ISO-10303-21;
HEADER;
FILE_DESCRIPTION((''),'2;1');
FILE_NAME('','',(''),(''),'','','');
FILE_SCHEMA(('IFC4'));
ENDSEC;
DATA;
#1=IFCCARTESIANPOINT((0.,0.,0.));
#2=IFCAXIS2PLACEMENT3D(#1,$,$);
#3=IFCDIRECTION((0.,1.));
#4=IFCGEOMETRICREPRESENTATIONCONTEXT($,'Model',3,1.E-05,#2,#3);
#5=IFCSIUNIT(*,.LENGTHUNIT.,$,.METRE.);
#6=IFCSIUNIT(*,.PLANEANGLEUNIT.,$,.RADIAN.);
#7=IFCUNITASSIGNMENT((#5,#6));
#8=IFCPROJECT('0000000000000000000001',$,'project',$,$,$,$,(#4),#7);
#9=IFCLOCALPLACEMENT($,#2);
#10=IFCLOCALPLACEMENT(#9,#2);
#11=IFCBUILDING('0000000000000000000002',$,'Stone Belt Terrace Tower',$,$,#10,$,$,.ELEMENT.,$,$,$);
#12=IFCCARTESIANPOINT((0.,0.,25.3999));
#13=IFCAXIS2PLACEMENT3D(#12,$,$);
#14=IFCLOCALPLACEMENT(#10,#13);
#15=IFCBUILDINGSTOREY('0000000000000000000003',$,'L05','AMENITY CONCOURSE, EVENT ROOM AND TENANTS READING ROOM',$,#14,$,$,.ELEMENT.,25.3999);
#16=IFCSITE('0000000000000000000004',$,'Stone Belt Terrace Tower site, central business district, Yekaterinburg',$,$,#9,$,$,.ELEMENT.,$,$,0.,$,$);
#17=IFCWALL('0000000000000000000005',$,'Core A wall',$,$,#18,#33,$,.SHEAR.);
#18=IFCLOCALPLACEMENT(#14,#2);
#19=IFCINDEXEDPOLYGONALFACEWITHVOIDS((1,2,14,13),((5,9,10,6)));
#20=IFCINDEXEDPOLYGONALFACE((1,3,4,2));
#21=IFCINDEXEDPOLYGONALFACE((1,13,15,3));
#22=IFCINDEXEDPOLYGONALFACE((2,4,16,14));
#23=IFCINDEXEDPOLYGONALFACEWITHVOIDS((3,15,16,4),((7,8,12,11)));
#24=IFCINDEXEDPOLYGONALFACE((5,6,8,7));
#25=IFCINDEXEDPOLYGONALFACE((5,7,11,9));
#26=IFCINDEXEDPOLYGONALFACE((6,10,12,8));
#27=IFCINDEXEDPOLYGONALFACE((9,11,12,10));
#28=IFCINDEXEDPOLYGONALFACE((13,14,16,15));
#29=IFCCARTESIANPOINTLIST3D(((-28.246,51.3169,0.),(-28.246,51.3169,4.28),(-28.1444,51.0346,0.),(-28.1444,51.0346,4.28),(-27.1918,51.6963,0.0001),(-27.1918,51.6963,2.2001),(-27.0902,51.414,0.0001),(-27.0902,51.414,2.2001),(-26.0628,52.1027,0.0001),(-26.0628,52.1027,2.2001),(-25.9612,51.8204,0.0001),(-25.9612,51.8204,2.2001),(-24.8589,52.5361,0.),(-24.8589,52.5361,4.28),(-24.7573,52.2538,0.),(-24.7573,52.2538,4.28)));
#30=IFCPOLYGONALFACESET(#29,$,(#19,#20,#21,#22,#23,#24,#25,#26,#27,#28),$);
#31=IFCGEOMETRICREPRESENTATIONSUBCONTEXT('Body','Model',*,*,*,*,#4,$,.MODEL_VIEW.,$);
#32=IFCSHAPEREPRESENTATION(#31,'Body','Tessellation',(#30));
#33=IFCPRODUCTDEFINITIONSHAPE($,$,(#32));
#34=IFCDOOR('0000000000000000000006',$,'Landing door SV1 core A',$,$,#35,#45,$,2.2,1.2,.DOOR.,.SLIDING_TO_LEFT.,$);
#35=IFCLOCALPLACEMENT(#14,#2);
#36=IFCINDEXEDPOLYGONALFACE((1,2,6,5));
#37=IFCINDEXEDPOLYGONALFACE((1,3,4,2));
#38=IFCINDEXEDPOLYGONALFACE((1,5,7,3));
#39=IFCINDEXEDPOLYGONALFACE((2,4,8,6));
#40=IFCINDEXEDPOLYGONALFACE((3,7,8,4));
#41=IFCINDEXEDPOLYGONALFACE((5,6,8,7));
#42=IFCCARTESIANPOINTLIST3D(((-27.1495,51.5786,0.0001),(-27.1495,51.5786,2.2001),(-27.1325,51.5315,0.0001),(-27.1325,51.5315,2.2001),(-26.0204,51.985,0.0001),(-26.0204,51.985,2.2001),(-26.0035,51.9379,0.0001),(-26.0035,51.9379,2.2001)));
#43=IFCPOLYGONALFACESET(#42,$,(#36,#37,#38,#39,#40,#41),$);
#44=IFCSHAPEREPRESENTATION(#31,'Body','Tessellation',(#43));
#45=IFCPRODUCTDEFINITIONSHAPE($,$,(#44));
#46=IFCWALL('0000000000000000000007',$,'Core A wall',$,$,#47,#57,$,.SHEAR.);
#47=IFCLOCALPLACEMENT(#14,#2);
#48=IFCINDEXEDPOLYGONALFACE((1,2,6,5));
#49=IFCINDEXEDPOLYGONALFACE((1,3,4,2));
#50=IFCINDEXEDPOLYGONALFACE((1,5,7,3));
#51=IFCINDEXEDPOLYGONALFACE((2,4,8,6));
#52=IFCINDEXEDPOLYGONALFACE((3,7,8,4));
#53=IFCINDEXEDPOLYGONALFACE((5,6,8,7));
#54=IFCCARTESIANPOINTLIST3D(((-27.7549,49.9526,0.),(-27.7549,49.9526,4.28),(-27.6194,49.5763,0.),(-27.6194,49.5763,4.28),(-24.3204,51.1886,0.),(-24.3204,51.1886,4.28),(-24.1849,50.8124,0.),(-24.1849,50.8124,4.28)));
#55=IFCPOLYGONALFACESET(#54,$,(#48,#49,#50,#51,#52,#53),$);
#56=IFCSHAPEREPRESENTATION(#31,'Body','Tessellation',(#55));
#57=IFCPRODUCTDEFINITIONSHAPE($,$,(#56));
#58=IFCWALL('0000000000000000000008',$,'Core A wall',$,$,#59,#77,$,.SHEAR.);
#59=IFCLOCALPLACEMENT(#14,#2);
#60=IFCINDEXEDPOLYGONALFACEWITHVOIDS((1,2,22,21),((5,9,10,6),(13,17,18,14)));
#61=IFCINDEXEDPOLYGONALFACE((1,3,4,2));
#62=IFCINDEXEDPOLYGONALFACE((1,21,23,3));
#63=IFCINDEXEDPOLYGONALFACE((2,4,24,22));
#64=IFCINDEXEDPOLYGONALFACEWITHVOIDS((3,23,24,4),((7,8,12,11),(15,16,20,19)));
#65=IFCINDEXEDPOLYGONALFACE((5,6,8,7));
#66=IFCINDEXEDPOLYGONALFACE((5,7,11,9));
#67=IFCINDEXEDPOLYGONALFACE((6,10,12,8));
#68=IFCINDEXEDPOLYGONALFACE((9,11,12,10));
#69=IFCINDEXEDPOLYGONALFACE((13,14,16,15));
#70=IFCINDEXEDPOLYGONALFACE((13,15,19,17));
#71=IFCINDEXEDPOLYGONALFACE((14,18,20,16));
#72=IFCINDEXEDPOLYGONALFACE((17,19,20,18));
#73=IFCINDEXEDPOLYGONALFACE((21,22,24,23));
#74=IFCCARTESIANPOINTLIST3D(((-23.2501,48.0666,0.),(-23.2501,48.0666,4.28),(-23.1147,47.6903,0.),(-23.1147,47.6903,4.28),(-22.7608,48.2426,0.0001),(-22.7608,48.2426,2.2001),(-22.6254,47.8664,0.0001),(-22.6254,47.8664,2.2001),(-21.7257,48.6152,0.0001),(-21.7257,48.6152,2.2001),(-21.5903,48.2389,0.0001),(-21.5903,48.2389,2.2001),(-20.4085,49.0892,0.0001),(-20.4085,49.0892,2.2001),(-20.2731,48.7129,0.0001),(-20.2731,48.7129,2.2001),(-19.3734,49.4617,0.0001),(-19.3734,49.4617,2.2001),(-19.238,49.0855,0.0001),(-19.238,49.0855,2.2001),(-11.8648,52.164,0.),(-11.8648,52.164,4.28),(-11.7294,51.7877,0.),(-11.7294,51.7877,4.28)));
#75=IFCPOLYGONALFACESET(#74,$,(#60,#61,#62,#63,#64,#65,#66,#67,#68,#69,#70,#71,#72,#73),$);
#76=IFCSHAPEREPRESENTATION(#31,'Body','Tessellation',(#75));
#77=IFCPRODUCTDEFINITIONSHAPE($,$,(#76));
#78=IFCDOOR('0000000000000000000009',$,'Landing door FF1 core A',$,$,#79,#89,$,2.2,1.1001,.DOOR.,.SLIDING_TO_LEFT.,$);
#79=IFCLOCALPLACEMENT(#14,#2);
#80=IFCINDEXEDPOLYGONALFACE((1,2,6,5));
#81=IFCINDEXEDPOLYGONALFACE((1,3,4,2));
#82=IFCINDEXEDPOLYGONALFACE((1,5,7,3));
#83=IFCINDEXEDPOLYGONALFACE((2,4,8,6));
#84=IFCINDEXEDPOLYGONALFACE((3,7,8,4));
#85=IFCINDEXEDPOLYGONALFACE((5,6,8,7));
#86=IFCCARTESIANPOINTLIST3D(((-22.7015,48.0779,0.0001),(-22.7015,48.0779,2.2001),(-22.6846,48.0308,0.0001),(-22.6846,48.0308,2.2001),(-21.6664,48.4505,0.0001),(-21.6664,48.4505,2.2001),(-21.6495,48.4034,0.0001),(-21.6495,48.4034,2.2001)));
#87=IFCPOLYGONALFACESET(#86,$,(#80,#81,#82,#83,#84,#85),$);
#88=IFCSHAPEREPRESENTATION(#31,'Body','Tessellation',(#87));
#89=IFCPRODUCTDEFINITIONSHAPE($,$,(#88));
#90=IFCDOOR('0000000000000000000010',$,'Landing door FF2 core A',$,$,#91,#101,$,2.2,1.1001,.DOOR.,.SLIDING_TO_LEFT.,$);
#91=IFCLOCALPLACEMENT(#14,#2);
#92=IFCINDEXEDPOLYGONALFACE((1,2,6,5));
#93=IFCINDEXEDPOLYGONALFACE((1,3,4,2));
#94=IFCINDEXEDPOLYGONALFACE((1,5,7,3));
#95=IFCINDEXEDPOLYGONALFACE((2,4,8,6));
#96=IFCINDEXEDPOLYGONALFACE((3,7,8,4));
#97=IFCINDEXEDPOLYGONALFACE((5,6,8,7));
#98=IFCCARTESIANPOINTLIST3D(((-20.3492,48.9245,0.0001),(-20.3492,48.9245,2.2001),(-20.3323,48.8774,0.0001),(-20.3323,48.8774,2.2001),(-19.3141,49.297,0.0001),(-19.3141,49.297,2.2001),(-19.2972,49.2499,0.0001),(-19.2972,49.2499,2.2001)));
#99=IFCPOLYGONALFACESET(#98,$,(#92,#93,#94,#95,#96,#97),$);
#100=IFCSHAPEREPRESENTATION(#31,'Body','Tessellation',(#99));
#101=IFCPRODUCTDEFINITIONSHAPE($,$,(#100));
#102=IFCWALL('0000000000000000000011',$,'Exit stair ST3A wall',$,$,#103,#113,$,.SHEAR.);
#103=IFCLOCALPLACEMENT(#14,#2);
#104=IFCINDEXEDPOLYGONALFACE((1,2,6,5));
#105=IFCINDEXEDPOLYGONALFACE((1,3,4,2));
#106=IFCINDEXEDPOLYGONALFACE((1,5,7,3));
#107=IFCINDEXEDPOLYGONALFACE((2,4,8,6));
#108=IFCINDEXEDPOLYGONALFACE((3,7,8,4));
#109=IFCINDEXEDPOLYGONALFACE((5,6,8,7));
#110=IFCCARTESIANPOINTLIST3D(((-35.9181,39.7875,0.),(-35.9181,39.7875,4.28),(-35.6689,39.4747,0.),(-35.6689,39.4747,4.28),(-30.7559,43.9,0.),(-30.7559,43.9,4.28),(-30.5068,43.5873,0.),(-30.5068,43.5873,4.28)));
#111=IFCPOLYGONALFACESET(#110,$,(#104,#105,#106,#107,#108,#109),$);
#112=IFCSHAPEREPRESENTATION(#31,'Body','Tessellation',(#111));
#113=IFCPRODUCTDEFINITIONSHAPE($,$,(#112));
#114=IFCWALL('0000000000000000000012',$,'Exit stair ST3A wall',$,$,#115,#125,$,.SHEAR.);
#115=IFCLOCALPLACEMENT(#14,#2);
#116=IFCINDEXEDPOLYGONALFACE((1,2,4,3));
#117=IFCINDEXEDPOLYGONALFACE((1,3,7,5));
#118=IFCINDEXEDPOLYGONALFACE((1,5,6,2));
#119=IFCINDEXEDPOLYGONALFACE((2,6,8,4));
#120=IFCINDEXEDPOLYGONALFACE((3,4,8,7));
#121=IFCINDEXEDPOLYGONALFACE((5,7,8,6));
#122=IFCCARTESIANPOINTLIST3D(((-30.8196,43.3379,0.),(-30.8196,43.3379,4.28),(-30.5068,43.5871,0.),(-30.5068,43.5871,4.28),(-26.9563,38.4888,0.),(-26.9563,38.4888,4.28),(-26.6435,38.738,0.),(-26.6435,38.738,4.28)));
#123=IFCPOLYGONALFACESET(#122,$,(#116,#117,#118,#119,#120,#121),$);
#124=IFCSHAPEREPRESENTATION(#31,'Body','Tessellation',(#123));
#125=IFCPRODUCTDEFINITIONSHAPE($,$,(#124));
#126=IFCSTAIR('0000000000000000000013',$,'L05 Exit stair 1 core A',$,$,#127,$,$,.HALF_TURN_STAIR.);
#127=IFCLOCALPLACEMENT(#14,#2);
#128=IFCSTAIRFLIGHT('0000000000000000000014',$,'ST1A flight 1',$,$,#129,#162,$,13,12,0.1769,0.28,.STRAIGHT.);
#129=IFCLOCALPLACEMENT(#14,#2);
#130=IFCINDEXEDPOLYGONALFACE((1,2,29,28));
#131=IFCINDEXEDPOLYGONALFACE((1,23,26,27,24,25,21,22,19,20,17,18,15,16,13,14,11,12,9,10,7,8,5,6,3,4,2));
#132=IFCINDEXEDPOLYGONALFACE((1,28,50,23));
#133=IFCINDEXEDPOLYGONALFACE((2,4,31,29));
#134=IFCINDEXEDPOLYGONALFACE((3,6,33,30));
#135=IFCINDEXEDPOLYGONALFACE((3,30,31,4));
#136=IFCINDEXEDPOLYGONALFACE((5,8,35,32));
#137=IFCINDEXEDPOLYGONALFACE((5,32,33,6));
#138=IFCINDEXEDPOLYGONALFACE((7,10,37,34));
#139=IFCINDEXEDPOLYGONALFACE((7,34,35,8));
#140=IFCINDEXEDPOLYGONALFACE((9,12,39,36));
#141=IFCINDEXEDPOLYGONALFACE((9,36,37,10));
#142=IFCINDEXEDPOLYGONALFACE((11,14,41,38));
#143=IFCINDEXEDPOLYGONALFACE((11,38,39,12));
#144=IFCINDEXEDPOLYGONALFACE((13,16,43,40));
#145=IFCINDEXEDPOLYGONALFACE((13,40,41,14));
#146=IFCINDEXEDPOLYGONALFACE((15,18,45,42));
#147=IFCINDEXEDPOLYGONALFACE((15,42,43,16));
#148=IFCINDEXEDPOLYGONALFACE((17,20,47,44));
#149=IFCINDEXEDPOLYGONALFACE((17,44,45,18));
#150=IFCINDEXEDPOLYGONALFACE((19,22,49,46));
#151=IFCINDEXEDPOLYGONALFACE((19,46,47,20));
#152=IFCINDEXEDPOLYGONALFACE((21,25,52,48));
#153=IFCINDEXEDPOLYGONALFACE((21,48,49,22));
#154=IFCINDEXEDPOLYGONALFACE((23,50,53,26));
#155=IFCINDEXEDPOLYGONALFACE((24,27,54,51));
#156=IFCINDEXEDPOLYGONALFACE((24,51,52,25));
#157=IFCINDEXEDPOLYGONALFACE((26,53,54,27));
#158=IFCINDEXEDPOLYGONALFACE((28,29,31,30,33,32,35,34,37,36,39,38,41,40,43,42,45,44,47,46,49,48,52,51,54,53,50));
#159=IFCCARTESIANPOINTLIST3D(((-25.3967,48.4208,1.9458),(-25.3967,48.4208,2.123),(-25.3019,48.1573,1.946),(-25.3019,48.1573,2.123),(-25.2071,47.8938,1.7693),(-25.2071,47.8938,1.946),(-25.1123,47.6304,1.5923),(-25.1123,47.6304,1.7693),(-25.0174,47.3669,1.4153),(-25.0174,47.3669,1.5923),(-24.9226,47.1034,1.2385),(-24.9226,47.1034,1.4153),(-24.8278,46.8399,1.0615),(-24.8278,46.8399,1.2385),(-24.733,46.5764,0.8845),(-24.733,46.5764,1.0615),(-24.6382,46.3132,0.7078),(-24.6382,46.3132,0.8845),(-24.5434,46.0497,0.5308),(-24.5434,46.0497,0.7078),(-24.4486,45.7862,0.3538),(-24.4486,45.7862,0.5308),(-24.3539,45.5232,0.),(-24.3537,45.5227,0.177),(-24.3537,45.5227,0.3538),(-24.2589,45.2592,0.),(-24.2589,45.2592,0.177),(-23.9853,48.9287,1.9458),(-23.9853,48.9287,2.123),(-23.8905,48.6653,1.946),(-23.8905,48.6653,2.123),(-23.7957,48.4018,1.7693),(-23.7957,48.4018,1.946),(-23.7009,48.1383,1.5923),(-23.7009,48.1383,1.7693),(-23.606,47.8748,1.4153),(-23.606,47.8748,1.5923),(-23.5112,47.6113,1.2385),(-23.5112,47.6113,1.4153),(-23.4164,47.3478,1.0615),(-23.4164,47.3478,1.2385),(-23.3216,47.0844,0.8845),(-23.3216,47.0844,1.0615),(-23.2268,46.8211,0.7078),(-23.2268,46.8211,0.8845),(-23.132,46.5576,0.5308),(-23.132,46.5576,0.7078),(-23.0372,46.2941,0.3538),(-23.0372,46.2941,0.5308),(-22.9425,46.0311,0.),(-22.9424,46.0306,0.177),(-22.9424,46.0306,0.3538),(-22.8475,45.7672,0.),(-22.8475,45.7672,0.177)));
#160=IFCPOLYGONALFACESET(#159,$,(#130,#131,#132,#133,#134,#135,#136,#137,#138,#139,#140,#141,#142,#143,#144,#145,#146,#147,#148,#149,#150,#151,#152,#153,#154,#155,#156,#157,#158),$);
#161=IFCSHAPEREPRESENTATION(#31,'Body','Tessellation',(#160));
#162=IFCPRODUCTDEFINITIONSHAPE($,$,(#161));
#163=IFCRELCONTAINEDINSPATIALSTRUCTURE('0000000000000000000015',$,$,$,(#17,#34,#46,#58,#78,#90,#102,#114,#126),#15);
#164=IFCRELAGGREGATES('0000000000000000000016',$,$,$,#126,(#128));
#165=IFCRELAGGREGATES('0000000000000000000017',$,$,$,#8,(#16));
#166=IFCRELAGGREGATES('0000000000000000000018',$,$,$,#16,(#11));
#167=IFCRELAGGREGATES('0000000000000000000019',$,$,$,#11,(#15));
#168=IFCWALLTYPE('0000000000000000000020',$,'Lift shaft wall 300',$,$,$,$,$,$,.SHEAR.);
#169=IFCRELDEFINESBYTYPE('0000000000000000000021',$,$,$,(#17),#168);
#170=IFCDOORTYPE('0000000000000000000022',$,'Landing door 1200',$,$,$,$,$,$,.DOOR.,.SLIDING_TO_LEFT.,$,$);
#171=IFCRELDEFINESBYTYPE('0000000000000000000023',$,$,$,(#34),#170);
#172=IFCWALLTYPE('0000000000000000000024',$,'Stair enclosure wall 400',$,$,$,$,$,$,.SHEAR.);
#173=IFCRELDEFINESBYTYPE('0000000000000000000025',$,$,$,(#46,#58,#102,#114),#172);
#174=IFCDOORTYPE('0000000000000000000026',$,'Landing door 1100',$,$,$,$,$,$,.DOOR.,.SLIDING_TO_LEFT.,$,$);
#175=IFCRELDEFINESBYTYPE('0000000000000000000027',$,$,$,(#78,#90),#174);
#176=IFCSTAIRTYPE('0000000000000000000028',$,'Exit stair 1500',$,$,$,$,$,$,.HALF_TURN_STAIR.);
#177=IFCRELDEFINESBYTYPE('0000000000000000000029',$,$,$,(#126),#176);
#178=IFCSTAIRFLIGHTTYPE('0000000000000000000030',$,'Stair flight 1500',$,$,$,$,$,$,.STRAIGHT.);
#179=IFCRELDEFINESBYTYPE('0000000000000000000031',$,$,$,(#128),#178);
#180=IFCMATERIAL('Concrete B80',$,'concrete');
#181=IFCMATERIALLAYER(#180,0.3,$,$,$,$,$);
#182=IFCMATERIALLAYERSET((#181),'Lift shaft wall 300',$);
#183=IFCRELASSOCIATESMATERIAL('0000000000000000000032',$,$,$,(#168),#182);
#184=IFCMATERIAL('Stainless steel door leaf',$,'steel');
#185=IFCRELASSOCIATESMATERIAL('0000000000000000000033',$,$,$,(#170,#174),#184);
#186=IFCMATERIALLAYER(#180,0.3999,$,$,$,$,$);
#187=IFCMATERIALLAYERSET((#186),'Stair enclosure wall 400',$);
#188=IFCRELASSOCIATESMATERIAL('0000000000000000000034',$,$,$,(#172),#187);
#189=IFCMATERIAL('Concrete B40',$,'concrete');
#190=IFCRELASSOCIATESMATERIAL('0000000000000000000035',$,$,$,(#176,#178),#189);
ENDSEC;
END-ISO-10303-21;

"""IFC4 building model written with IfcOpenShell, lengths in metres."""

from ifc_helpers import new_model, si_unit, direction, frame, frame_2d, origin, place, context, subcontext, project, spatial, polyline, rectangle, outline, extrude, material, layer, layer_set, type_object, element, fill, aggregate, save


model = new_model("IFC4")

# Units and contexts
model_context = context("Model", 3, precision=1e-05, world=origin(), true_north=direction((0.0, 1.0)))
body_context = subcontext(model_context, "Body", "Model", "MODEL_VIEW")
ifc_project = project(units=[si_unit("LENGTHUNIT", "METRE"), si_unit("PLANEANGLEUNIT", "RADIAN")], contexts=[model_context])

# Site, building, storey
site_placement = place(None, origin())
site = spatial("IfcSite", under=ifc_project, at=site_placement, Name="Stone Belt Terrace Tower site, central business district, Yekaterinburg", CompositionType="ELEMENT", RefElevation=0.0)
building_placement = place(site_placement, origin())
building = spatial("IfcBuilding", under=site, at=building_placement, Name="Stone Belt Terrace Tower", CompositionType="ELEMENT")
storey_placement = place(building_placement, frame((0.0, 0.0, 25.3999)))
storey = spatial("IfcBuildingStorey", under=building, at=storey_placement, Name="L05", Description="AMENITY CONCOURSE, EVENT ROOM AND TENANTS READING ROOM", CompositionType="ELEMENT", Elevation=25.3999)

# Shared definitions
ifc_material_1 = material(Name="Concrete B80", Category="concrete")

# Wall, opening, door
ifc_layer_1 = layer(ifc_material_1, 0.3)
ifc_layer_set_1 = layer_set([ifc_layer_1], Name="Lift shaft wall 300")
wall_type_1 = type_object("IfcWallType", Name="Lift shaft wall 300", PredefinedType="SHEAR", material=ifc_layer_set_1)
wall_1_placement = place(storey_placement, frame((-28.1951, 51.1758, 0.0), z_axis=(0.0, 0.0, 1.0), x_axis=(0.940901, 0.338681, 0.0)))
wall_1 = element("IfcWall", 1, at=wall_1_placement, inside=storey, type_object=wall_type_1, Name="Core A wall", PredefinedType="SHEAR", context=body_context, shape_type="SweptSolid", body=[
    extrude(rectangle(XDim=3.5999, YDim=0.3, at=frame_2d((1.7998, 0.0))), origin(), (0.0, 0.0, 1.0), 4.28),
])
opening_1_placement = place(wall_1_placement, frame((1.1201, 0.0, 0.0)))
opening_1 = element("IfcOpeningElement", 2, at=opening_1_placement, cuts=wall_1, PredefinedType="OPENING", context=body_context, shape_type="SweptSolid", body=[
    extrude(rectangle(XDim=1.2, YDim=2.2, at=frame_2d((0.6001, 1.1001))), frame((0.0, 0.1599, 0.0), z_axis=(0.0, -1.0, 0.0), x_axis=(1.0, 0.0, 0.0)), (0.0, 0.0, 1.0), 0.3201),
])
ifc_material_2 = material(Name="Stainless steel door leaf", Category="steel")
door_type_1 = type_object("IfcDoorType", Name="Landing door 1200", OperationType="SLIDING_TO_LEFT", PredefinedType="DOOR", material=ifc_material_2)
door_1_placement = place(opening_1_placement, origin())
door_1 = element("IfcDoor", 3, at=door_1_placement, inside=storey, type_object=door_type_1, Name="Landing door SV1 core A", OperationType="SLIDING_TO_LEFT", OverallHeight=2.2, OverallWidth=1.2, PredefinedType="DOOR", context=body_context, shape_type="SweptSolid", body=[
    extrude(rectangle(XDim=1.2, YDim=2.2, at=frame_2d((0.6001, 1.1001))), frame((0.0, 0.0249, 0.0), z_axis=(0.0, -1.0, 0.0), x_axis=(1.0, 0.0, 0.0)), (0.0, 0.0, 1.0), 0.05),
])
fill(opening_1, door_1)

# Wall
ifc_layer_2 = layer(ifc_material_1, 0.3999)
ifc_layer_set_2 = layer_set([ifc_layer_2], Name="Stair enclosure wall 400")
wall_type_2 = type_object("IfcWallType", Name="Stair enclosure wall 400", PredefinedType="SHEAR", material=ifc_layer_set_2)
wall_2_placement = place(storey_placement, frame((-27.6873, 49.7644, 0.0), z_axis=(0.0, 0.0, 1.0), x_axis=(0.940919, 0.338632, 0.0)))
element("IfcWall", 4, at=wall_2_placement, inside=storey, type_object=wall_type_2, Name="Core A wall", PredefinedType="SHEAR", context=body_context, shape_type="SweptSolid", body=[
    extrude(rectangle(XDim=3.6501, YDim=0.3999, at=frame_2d((1.8252, 0.0))), origin(), (0.0, 0.0, 1.0), 4.28),
])

# Wall, openings, doors
wall_3_placement = place(storey_placement, frame((-23.1824, 47.8784, 0.0), z_axis=(0.0, 0.0, 1.0), x_axis=(0.940921, 0.338626, 0.0)))
wall_3 = element("IfcWall", 5, at=wall_3_placement, inside=storey, type_object=wall_type_2, Name="Core A wall", PredefinedType="SHEAR", context=body_context, shape_type="SweptSolid", body=[
    extrude(rectangle(XDim=12.1001, YDim=0.3999, at=frame_2d((6.05, 0.0))), origin(), (0.0, 0.0, 1.0), 4.28),
])
opening_2_placement = place(wall_3_placement, frame((0.52, 0.0, 0.0)))
opening_2 = element("IfcOpeningElement", 6, at=opening_2_placement, cuts=wall_3, PredefinedType="OPENING", context=body_context, shape_type="SweptSolid", body=[
    extrude(rectangle(XDim=1.1001, YDim=2.2, at=frame_2d((0.55, 1.1001))), frame((0.0, 0.21, 0.0), z_axis=(0.0, -1.0, 0.0), x_axis=(1.0, 0.0, 0.0)), (0.0, 0.0, 1.0), 0.4199),
])
opening_3_placement = place(wall_3_placement, frame((3.02, 0.0, 0.0)))
opening_3 = element("IfcOpeningElement", 7, at=opening_3_placement, cuts=wall_3, PredefinedType="OPENING", context=body_context, shape_type="SweptSolid", body=[
    extrude(rectangle(XDim=1.1001, YDim=2.2, at=frame_2d((0.55, 1.1001))), frame((0.0, 0.21, 0.0), z_axis=(0.0, -1.0, 0.0), x_axis=(1.0, 0.0, 0.0)), (0.0, 0.0, 1.0), 0.4199),
])
door_type_2 = type_object("IfcDoorType", Name="Landing door 1100", OperationType="SLIDING_TO_LEFT", PredefinedType="DOOR", material=ifc_material_2)
door_2_placement = place(opening_2_placement, origin())
door_2 = element("IfcDoor", 8, at=door_2_placement, inside=storey, type_object=door_type_2, Name="Landing door FF1 core A", OperationType="SLIDING_TO_LEFT", OverallHeight=2.2, OverallWidth=1.1001, PredefinedType="DOOR", context=body_context, shape_type="SweptSolid", body=[
    extrude(rectangle(XDim=1.1001, YDim=2.2, at=frame_2d((0.55, 1.1001))), frame((0.0, 0.0249, 0.0), z_axis=(0.0, -1.0, 0.0), x_axis=(1.0, 0.0, 0.0)), (0.0, 0.0, 1.0), 0.05),
])
fill(opening_2, door_2)
door_3_placement = place(opening_3_placement, origin())
door_3 = element("IfcDoor", 9, at=door_3_placement, inside=storey, type_object=door_type_2, Name="Landing door FF2 core A", OperationType="SLIDING_TO_LEFT", OverallHeight=2.2, OverallWidth=1.1001, PredefinedType="DOOR", context=body_context, shape_type="SweptSolid", body=[
    extrude(rectangle(XDim=1.1001, YDim=2.2, at=frame_2d((0.55, 1.1001))), frame((0.0, 0.0249, 0.0), z_axis=(0.0, -1.0, 0.0), x_axis=(1.0, 0.0, 0.0)), (0.0, 0.0, 1.0), 0.05),
])
fill(opening_3, door_3)

# Walls
wall_4_placement = place(storey_placement, frame((-30.6313, 43.7437, 0.0), z_axis=(0.0, 0.0, 1.0), x_axis=(-0.782134, -0.62311, 0.0)))
element("IfcWall", 10, at=wall_4_placement, inside=storey, type_object=wall_type_2, Name="Exit stair ST3A wall", PredefinedType="SHEAR", context=body_context, shape_type="SweptSolid", body=[
    extrude(rectangle(XDim=6.6001, YDim=0.3999, at=frame_2d((3.3, 0.0))), origin(), (0.0, 0.0, 1.0), 4.28),
])
wall_5_placement = place(storey_placement, frame((-26.7998, 38.6133, 0.0), z_axis=(0.0, 0.0, 1.0), x_axis=(-0.623119, 0.782127, 0.0)))
element("IfcWall", 11, at=wall_5_placement, inside=storey, type_object=wall_type_2, Name="Exit stair ST3A wall", PredefinedType="SHEAR", context=body_context, shape_type="SweptSolid", body=[
    extrude(rectangle(XDim=6.2, YDim=0.3999, at=frame_2d((3.1001, 0.0))), origin(), (0.0, 0.0, 1.0), 4.28),
])

# Stair, stair flight
ifc_material_3 = material(Name="Concrete B40", Category="concrete")
stair_type = type_object("IfcStairType", Name="Exit stair 1500", PredefinedType="HALF_TURN_STAIR", material=ifc_material_3)
stair_1_placement = place(storey_placement, origin())
stair_1 = element("IfcStair", 12, at=stair_1_placement, inside=storey, type_object=stair_type, Name="L05 Exit stair 1 core A", PredefinedType="HALF_TURN_STAIR")
stair_flight_type = type_object("IfcStairFlightType", Name="Stair flight 1500", PredefinedType="STRAIGHT", material=ifc_material_3)
stair_flight_1_placement = place(storey_placement, frame((-23.5532, 45.5132, 0.0), z_axis=(0.0, 0.0, 1.0), x_axis=(-0.338624, 0.940922, 0.0)))
stair_flight_1 = element("IfcStairFlight", 13, at=stair_flight_1_placement, type_object=stair_flight_type, Name="ST1A flight 1", NumberOfRisers=13, NumberOfTreads=12, PredefinedType="STRAIGHT", RiserHeight=0.1769, TreadLength=0.28, context=body_context, shape_type="SweptSolid", body=[
    extrude(outline(polyline([(0.0, 0.0), (0.0, 0.177), (0.28, 0.177), (0.28, 0.3538), (0.5601, 0.3538), (0.5601, 0.5308), (0.8401, 0.5308), (0.8401, 0.7078), (1.1201, 0.7078), (1.1201, 0.8845), (1.3999, 0.8845), (1.3999, 1.0615), (1.6799, 1.0615), (1.6799, 1.2385), (1.96, 1.2385), (1.96, 1.4153), (2.24, 1.4153), (2.24, 1.5923), (2.52, 1.5923), (2.52, 1.7693), (2.8, 1.7693), (2.8, 1.946), (3.0801, 1.946), (3.0801, 2.123), (3.3601, 2.123), (3.3601, 2.3), (3.3601, 1.9458), (0.2805, 0.0), (0.0, 0.0)])), frame((0.0, 0.75, 0.0), z_axis=(0.0, -1.0, 0.0), x_axis=(1.0, 0.0, 0.0)), (0.0, 0.0, 1.0), 1.5),
])
aggregate(stair_1, [stair_flight_1])

save(model, "model.ifc")
